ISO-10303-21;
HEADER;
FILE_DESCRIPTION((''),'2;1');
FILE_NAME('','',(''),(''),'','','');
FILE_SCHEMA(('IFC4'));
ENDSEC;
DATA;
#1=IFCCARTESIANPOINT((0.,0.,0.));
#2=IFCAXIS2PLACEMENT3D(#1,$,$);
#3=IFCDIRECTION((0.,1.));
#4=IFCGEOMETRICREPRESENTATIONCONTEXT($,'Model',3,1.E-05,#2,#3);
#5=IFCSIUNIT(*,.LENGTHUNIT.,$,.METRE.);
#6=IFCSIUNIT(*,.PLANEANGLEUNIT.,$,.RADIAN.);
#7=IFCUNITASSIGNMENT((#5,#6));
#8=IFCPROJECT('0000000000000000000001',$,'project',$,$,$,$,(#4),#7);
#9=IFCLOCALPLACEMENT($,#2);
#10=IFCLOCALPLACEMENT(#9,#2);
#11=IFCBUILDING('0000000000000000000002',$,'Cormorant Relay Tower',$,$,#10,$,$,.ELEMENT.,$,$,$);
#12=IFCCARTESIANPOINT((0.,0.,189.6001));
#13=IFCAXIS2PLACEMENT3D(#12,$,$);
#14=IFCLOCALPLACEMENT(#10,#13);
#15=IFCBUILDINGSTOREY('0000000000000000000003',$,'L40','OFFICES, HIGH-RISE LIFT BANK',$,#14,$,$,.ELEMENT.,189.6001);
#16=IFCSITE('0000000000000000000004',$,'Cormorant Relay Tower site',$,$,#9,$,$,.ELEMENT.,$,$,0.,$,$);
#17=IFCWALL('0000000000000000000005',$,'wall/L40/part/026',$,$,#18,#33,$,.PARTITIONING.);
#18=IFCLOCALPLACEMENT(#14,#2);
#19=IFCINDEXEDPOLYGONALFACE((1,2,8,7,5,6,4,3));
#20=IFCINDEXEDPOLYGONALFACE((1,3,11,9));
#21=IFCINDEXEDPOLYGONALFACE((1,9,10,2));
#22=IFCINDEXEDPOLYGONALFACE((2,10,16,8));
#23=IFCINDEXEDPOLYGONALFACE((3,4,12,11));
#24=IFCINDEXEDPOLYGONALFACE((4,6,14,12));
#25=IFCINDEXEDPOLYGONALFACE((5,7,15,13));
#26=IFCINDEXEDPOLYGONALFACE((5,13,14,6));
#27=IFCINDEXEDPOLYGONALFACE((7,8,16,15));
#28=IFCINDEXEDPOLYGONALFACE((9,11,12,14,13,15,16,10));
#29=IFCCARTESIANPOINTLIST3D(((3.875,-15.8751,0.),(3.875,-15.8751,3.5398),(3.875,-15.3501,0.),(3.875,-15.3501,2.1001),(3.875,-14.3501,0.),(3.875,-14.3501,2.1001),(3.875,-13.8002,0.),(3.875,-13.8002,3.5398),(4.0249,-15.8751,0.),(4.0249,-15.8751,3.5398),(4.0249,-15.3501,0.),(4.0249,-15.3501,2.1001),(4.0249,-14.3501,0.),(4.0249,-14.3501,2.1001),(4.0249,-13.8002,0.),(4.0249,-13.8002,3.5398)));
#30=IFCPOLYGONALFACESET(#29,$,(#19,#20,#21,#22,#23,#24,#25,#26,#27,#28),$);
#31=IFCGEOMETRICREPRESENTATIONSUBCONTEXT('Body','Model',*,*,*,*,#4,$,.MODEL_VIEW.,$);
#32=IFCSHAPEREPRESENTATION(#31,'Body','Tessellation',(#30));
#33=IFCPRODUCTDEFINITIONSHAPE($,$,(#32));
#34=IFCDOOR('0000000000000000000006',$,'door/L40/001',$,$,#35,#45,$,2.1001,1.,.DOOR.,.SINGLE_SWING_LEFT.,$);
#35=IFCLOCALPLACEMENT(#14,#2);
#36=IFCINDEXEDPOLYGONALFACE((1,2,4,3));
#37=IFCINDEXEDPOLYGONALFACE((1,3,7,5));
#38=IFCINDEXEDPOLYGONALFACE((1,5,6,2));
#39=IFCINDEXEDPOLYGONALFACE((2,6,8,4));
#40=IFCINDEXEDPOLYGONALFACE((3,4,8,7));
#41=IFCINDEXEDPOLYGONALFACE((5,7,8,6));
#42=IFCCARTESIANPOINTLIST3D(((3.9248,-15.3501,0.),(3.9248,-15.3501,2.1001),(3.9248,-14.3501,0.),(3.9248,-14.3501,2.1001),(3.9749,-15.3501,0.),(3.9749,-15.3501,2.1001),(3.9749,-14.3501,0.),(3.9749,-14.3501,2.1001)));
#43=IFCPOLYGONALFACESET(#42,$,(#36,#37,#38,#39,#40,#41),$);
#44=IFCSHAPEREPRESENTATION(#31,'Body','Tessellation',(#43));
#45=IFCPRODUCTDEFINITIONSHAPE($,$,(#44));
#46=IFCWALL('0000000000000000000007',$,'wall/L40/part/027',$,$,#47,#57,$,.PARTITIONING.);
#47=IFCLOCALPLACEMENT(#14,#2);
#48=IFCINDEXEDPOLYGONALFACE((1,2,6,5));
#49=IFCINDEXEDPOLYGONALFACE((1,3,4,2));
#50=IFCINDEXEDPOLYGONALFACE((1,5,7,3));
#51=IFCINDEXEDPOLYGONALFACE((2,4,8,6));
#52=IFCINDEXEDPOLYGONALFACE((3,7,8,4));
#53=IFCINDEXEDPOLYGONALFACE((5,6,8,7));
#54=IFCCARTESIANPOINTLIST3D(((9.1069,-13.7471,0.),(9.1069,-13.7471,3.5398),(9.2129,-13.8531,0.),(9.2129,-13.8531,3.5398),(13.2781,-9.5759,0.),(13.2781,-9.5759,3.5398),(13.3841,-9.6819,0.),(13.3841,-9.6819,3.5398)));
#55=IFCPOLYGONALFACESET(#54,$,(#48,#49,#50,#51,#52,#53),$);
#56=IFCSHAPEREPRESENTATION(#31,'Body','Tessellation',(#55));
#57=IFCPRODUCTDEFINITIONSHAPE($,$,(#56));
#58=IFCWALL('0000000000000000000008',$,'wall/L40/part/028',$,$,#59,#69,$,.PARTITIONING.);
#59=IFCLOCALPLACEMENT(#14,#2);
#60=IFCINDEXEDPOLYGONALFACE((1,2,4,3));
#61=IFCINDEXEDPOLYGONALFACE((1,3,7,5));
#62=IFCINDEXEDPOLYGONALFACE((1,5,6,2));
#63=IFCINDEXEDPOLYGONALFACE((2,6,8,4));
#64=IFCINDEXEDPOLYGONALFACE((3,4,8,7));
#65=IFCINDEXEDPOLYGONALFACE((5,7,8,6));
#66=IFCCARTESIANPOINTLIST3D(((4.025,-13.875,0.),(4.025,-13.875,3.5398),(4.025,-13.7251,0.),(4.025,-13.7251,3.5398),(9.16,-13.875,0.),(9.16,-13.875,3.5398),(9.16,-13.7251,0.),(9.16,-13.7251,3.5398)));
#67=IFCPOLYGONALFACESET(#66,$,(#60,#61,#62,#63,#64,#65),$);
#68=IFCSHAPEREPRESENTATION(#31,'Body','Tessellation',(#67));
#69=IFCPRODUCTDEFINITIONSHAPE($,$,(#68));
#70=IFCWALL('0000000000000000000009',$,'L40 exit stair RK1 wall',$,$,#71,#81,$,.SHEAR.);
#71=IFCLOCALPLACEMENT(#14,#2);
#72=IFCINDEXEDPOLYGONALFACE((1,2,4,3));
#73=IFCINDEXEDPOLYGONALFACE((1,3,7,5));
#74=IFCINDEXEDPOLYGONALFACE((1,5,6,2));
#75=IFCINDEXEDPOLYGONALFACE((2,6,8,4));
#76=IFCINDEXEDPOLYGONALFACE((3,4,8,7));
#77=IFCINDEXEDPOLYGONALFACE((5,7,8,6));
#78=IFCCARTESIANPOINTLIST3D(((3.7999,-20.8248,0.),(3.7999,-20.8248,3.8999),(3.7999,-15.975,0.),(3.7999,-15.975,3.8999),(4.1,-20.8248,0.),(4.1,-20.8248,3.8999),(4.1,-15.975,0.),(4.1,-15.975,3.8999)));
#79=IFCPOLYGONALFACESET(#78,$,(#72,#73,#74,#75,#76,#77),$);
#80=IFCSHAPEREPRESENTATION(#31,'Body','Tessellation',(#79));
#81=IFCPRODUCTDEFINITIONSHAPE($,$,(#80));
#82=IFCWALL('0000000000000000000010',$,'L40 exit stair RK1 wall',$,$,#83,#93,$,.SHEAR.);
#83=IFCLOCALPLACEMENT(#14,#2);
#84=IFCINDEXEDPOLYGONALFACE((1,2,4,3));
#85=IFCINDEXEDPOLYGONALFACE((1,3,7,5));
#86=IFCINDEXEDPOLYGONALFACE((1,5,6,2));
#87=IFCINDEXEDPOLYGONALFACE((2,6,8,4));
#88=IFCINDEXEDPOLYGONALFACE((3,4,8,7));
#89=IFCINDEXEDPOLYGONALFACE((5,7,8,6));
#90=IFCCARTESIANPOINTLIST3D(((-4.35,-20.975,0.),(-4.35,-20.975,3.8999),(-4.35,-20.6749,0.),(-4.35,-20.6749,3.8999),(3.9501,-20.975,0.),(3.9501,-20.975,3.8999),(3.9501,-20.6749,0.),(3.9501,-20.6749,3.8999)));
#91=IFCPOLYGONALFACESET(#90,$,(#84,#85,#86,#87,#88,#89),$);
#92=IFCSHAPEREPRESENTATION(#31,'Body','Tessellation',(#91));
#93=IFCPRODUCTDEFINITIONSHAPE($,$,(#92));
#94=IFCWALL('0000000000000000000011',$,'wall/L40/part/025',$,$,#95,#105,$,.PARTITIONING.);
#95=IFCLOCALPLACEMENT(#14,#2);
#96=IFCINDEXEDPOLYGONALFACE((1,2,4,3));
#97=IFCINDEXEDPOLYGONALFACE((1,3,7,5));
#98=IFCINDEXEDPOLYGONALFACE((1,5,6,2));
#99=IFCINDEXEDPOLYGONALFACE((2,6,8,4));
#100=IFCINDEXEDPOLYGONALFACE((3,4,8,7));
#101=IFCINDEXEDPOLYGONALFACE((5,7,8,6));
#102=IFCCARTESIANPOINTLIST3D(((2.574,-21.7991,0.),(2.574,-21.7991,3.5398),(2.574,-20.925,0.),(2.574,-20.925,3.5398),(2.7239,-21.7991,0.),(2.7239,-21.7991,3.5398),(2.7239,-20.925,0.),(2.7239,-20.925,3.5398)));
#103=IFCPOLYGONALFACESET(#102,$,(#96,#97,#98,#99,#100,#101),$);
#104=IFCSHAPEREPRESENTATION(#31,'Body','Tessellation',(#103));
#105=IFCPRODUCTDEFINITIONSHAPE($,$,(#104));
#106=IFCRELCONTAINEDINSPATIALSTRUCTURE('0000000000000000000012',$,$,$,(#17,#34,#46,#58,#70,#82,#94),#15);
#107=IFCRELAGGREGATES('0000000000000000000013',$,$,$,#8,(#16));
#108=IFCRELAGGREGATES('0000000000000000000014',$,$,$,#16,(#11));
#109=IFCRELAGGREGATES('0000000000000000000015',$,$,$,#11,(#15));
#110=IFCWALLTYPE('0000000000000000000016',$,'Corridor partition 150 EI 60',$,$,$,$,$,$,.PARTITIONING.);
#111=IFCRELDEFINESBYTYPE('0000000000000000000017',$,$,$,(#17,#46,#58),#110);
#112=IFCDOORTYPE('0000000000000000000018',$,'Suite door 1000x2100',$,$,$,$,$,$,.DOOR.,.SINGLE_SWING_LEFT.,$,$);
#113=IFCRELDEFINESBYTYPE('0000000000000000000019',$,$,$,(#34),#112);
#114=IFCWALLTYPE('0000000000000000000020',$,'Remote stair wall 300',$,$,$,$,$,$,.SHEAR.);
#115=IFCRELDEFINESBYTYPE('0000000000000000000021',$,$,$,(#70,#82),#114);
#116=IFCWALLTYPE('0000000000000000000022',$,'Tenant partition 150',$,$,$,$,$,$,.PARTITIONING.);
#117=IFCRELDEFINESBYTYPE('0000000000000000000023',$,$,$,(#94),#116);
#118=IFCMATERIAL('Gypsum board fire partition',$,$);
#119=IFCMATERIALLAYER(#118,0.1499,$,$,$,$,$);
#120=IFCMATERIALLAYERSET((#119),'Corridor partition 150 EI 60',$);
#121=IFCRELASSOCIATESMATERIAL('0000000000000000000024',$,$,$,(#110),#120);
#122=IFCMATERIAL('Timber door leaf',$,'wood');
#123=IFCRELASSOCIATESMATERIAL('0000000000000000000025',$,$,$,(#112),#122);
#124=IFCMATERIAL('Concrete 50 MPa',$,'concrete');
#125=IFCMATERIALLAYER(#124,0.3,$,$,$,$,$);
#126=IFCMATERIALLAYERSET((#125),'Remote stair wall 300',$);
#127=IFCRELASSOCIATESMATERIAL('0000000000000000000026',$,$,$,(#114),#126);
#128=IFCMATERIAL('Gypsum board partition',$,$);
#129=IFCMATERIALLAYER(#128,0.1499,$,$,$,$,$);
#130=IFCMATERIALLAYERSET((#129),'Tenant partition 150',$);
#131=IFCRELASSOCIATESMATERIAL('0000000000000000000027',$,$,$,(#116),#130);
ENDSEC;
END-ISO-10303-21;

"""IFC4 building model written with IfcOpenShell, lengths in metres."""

from ifc_helpers import new_model, si_unit, direction, frame, frame_2d, origin, place, context, subcontext, project, spatial, rectangle, extrude, material, layer, layer_set, type_object, element, fill, save


model = new_model("IFC4")

# Units and contexts
model_context = context("Model", 3, precision=1e-05, world=origin(), true_north=direction((0.0, 1.0)))
body_context = subcontext(model_context, "Body", "Model", "MODEL_VIEW")
ifc_project = project(units=[si_unit("LENGTHUNIT", "METRE"), si_unit("PLANEANGLEUNIT", "RADIAN")], contexts=[model_context])

# Site, building, storey
site_placement = place(None, origin())
site = spatial("IfcSite", under=ifc_project, at=site_placement, Name="Cormorant Relay Tower site", CompositionType="ELEMENT", RefElevation=0.0)
building_placement = place(site_placement, origin())
building = spatial("IfcBuilding", under=site, at=building_placement, Name="Cormorant Relay Tower", CompositionType="ELEMENT")
storey_placement = place(building_placement, frame((0.0, 0.0, 189.6001)))
storey = spatial("IfcBuildingStorey", under=building, at=storey_placement, Name="L40", Description="OFFICES, HIGH-RISE LIFT BANK", CompositionType="ELEMENT", Elevation=189.6001)

# Wall, opening, door
ifc_material_1 = material(Name="Gypsum board fire partition")
ifc_layer_1 = layer(ifc_material_1, 0.1499)
ifc_layer_set_1 = layer_set([ifc_layer_1], Name="Corridor partition 150 EI 60")
wall_type_1 = type_object("IfcWallType", Name="Corridor partition 150 EI 60", PredefinedType="PARTITIONING", material=ifc_layer_set_1)
wall_1_placement = place(storey_placement, frame((3.95, -13.8, 0.0), z_axis=(0.0, 0.0, 1.0), x_axis=(0.0, -1.0, 0.0)))
wall_1 = element("IfcWall", 1, at=wall_1_placement, inside=storey, type_object=wall_type_1, Name="wall/L40/part/026", PredefinedType="PARTITIONING", context=body_context, shape_type="SweptSolid", body=[
    extrude(rectangle(XDim=2.075, YDim=0.1499, at=frame_2d((1.0376, 0.0))), origin(), (0.0, 0.0, 1.0), 3.5398),
])
opening_placement = place(wall_1_placement, frame((0.55, 0.0, 0.0)))
opening = element("IfcOpeningElement", 2, at=opening_placement, cuts=wall_1, PredefinedType="OPENING", context=body_context, shape_type="SweptSolid", body=[
    extrude(rectangle(XDim=1.0, YDim=2.1001, at=frame_2d((0.5, 1.05))), frame((0.0, 0.085, 0.0), z_axis=(0.0, -1.0, 0.0), x_axis=(1.0, 0.0, 0.0)), (0.0, 0.0, 1.0), 0.1699),
])
ifc_material_2 = material(Name="Timber door leaf", Category="wood")
door_type = type_object("IfcDoorType", Name="Suite door 1000x2100", OperationType="SINGLE_SWING_LEFT", PredefinedType="DOOR", material=ifc_material_2)
door_placement = place(opening_placement, origin())
door = element("IfcDoor", 3, at=door_placement, inside=storey, type_object=door_type, Name="door/L40/001", OperationType="SINGLE_SWING_LEFT", OverallHeight=2.1001, OverallWidth=1.0, PredefinedType="DOOR", context=body_context, shape_type="SweptSolid", body=[
    extrude(rectangle(XDim=1.0, YDim=2.1001, at=frame_2d((0.5, 1.05))), frame((0.0, 0.0249, 0.0), z_axis=(0.0, -1.0, 0.0), x_axis=(1.0, 0.0, 0.0)), (0.0, 0.0, 1.0), 0.05),
])
fill(opening, door)

# Walls
wall_2_placement = place(storey_placement, frame((13.3311, -9.6289, 0.0), z_axis=(0.0, 0.0, 1.0), x_axis=(-0.707107, -0.707107, 0.0)))
element("IfcWall", 4, at=wall_2_placement, inside=storey, type_object=wall_type_1, Name="wall/L40/part/027", PredefinedType="PARTITIONING", context=body_context, shape_type="SweptSolid", body=[
    extrude(rectangle(XDim=5.8989, YDim=0.1499, at=frame_2d((2.9495, 0.0))), origin(), (0.0, 0.0, 1.0), 3.5398),
])
wall_3_placement = place(storey_placement, frame((9.1599, -13.8, 0.0), z_axis=(0.0, 0.0, 1.0), x_axis=(-1.0, 0.0, 0.0)))
element("IfcWall", 5, at=wall_3_placement, inside=storey, type_object=wall_type_1, Name="wall/L40/part/028", PredefinedType="PARTITIONING", context=body_context, shape_type="SweptSolid", body=[
    extrude(rectangle(XDim=5.135, YDim=0.1499, at=frame_2d((2.5674, 0.0))), origin(), (0.0, 0.0, 1.0), 3.5398),
])
ifc_material_3 = material(Name="Concrete 50 MPa", Category="concrete")
ifc_layer_2 = layer(ifc_material_3, 0.3)
ifc_layer_set_2 = layer_set([ifc_layer_2], Name="Remote stair wall 300")
wall_type_2 = type_object("IfcWallType", Name="Remote stair wall 300", PredefinedType="SHEAR", material=ifc_layer_set_2)
wall_4_placement = place(storey_placement, frame((3.95, -15.9751, 0.0), z_axis=(0.0, 0.0, 1.0), x_axis=(0.0, -1.0, 0.0)))
element("IfcWall", 6, at=wall_4_placement, inside=storey, type_object=wall_type_2, Name="L40 exit stair RK1 wall", PredefinedType="SHEAR", context=body_context, shape_type="SweptSolid", body=[
    extrude(rectangle(XDim=4.8499, YDim=0.3, at=frame_2d((2.4248, 0.0))), origin(), (0.0, 0.0, 1.0), 3.8999),
])
wall_5_placement = place(storey_placement, frame((3.95, -20.825, 0.0), z_axis=(0.0, 0.0, 1.0), x_axis=(-1.0, 0.0, 0.0)))
element("IfcWall", 7, at=wall_5_placement, inside=storey, type_object=wall_type_2, Name="L40 exit stair RK1 wall", PredefinedType="SHEAR", context=body_context, shape_type="SweptSolid", body=[
    extrude(rectangle(XDim=8.3, YDim=0.3, at=frame_2d((4.1499, 0.0))), origin(), (0.0, 0.0, 1.0), 3.8999),
])
ifc_material_4 = material(Name="Gypsum board partition")
ifc_layer_3 = layer(ifc_material_4, 0.1499)
ifc_layer_set_3 = layer_set([ifc_layer_3], Name="Tenant partition 150")
wall_type_3 = type_object("IfcWallType", Name="Tenant partition 150", PredefinedType="PARTITIONING", material=ifc_layer_set_3)
wall_6_placement = place(storey_placement, frame((2.6489, -21.7991, 0.0), z_axis=(0.0, 0.0, 1.0), x_axis=(0.0, 1.0, 0.0)))
element("IfcWall", 8, at=wall_6_placement, inside=storey, type_object=wall_type_3, Name="wall/L40/part/025", PredefinedType="PARTITIONING", context=body_context, shape_type="SweptSolid", body=[
    extrude(rectangle(XDim=0.874, YDim=0.1499, at=frame_2d((0.437, 0.0))), origin(), (0.0, 0.0, 1.0), 3.5398),
])

save(model, "model.ifc")
